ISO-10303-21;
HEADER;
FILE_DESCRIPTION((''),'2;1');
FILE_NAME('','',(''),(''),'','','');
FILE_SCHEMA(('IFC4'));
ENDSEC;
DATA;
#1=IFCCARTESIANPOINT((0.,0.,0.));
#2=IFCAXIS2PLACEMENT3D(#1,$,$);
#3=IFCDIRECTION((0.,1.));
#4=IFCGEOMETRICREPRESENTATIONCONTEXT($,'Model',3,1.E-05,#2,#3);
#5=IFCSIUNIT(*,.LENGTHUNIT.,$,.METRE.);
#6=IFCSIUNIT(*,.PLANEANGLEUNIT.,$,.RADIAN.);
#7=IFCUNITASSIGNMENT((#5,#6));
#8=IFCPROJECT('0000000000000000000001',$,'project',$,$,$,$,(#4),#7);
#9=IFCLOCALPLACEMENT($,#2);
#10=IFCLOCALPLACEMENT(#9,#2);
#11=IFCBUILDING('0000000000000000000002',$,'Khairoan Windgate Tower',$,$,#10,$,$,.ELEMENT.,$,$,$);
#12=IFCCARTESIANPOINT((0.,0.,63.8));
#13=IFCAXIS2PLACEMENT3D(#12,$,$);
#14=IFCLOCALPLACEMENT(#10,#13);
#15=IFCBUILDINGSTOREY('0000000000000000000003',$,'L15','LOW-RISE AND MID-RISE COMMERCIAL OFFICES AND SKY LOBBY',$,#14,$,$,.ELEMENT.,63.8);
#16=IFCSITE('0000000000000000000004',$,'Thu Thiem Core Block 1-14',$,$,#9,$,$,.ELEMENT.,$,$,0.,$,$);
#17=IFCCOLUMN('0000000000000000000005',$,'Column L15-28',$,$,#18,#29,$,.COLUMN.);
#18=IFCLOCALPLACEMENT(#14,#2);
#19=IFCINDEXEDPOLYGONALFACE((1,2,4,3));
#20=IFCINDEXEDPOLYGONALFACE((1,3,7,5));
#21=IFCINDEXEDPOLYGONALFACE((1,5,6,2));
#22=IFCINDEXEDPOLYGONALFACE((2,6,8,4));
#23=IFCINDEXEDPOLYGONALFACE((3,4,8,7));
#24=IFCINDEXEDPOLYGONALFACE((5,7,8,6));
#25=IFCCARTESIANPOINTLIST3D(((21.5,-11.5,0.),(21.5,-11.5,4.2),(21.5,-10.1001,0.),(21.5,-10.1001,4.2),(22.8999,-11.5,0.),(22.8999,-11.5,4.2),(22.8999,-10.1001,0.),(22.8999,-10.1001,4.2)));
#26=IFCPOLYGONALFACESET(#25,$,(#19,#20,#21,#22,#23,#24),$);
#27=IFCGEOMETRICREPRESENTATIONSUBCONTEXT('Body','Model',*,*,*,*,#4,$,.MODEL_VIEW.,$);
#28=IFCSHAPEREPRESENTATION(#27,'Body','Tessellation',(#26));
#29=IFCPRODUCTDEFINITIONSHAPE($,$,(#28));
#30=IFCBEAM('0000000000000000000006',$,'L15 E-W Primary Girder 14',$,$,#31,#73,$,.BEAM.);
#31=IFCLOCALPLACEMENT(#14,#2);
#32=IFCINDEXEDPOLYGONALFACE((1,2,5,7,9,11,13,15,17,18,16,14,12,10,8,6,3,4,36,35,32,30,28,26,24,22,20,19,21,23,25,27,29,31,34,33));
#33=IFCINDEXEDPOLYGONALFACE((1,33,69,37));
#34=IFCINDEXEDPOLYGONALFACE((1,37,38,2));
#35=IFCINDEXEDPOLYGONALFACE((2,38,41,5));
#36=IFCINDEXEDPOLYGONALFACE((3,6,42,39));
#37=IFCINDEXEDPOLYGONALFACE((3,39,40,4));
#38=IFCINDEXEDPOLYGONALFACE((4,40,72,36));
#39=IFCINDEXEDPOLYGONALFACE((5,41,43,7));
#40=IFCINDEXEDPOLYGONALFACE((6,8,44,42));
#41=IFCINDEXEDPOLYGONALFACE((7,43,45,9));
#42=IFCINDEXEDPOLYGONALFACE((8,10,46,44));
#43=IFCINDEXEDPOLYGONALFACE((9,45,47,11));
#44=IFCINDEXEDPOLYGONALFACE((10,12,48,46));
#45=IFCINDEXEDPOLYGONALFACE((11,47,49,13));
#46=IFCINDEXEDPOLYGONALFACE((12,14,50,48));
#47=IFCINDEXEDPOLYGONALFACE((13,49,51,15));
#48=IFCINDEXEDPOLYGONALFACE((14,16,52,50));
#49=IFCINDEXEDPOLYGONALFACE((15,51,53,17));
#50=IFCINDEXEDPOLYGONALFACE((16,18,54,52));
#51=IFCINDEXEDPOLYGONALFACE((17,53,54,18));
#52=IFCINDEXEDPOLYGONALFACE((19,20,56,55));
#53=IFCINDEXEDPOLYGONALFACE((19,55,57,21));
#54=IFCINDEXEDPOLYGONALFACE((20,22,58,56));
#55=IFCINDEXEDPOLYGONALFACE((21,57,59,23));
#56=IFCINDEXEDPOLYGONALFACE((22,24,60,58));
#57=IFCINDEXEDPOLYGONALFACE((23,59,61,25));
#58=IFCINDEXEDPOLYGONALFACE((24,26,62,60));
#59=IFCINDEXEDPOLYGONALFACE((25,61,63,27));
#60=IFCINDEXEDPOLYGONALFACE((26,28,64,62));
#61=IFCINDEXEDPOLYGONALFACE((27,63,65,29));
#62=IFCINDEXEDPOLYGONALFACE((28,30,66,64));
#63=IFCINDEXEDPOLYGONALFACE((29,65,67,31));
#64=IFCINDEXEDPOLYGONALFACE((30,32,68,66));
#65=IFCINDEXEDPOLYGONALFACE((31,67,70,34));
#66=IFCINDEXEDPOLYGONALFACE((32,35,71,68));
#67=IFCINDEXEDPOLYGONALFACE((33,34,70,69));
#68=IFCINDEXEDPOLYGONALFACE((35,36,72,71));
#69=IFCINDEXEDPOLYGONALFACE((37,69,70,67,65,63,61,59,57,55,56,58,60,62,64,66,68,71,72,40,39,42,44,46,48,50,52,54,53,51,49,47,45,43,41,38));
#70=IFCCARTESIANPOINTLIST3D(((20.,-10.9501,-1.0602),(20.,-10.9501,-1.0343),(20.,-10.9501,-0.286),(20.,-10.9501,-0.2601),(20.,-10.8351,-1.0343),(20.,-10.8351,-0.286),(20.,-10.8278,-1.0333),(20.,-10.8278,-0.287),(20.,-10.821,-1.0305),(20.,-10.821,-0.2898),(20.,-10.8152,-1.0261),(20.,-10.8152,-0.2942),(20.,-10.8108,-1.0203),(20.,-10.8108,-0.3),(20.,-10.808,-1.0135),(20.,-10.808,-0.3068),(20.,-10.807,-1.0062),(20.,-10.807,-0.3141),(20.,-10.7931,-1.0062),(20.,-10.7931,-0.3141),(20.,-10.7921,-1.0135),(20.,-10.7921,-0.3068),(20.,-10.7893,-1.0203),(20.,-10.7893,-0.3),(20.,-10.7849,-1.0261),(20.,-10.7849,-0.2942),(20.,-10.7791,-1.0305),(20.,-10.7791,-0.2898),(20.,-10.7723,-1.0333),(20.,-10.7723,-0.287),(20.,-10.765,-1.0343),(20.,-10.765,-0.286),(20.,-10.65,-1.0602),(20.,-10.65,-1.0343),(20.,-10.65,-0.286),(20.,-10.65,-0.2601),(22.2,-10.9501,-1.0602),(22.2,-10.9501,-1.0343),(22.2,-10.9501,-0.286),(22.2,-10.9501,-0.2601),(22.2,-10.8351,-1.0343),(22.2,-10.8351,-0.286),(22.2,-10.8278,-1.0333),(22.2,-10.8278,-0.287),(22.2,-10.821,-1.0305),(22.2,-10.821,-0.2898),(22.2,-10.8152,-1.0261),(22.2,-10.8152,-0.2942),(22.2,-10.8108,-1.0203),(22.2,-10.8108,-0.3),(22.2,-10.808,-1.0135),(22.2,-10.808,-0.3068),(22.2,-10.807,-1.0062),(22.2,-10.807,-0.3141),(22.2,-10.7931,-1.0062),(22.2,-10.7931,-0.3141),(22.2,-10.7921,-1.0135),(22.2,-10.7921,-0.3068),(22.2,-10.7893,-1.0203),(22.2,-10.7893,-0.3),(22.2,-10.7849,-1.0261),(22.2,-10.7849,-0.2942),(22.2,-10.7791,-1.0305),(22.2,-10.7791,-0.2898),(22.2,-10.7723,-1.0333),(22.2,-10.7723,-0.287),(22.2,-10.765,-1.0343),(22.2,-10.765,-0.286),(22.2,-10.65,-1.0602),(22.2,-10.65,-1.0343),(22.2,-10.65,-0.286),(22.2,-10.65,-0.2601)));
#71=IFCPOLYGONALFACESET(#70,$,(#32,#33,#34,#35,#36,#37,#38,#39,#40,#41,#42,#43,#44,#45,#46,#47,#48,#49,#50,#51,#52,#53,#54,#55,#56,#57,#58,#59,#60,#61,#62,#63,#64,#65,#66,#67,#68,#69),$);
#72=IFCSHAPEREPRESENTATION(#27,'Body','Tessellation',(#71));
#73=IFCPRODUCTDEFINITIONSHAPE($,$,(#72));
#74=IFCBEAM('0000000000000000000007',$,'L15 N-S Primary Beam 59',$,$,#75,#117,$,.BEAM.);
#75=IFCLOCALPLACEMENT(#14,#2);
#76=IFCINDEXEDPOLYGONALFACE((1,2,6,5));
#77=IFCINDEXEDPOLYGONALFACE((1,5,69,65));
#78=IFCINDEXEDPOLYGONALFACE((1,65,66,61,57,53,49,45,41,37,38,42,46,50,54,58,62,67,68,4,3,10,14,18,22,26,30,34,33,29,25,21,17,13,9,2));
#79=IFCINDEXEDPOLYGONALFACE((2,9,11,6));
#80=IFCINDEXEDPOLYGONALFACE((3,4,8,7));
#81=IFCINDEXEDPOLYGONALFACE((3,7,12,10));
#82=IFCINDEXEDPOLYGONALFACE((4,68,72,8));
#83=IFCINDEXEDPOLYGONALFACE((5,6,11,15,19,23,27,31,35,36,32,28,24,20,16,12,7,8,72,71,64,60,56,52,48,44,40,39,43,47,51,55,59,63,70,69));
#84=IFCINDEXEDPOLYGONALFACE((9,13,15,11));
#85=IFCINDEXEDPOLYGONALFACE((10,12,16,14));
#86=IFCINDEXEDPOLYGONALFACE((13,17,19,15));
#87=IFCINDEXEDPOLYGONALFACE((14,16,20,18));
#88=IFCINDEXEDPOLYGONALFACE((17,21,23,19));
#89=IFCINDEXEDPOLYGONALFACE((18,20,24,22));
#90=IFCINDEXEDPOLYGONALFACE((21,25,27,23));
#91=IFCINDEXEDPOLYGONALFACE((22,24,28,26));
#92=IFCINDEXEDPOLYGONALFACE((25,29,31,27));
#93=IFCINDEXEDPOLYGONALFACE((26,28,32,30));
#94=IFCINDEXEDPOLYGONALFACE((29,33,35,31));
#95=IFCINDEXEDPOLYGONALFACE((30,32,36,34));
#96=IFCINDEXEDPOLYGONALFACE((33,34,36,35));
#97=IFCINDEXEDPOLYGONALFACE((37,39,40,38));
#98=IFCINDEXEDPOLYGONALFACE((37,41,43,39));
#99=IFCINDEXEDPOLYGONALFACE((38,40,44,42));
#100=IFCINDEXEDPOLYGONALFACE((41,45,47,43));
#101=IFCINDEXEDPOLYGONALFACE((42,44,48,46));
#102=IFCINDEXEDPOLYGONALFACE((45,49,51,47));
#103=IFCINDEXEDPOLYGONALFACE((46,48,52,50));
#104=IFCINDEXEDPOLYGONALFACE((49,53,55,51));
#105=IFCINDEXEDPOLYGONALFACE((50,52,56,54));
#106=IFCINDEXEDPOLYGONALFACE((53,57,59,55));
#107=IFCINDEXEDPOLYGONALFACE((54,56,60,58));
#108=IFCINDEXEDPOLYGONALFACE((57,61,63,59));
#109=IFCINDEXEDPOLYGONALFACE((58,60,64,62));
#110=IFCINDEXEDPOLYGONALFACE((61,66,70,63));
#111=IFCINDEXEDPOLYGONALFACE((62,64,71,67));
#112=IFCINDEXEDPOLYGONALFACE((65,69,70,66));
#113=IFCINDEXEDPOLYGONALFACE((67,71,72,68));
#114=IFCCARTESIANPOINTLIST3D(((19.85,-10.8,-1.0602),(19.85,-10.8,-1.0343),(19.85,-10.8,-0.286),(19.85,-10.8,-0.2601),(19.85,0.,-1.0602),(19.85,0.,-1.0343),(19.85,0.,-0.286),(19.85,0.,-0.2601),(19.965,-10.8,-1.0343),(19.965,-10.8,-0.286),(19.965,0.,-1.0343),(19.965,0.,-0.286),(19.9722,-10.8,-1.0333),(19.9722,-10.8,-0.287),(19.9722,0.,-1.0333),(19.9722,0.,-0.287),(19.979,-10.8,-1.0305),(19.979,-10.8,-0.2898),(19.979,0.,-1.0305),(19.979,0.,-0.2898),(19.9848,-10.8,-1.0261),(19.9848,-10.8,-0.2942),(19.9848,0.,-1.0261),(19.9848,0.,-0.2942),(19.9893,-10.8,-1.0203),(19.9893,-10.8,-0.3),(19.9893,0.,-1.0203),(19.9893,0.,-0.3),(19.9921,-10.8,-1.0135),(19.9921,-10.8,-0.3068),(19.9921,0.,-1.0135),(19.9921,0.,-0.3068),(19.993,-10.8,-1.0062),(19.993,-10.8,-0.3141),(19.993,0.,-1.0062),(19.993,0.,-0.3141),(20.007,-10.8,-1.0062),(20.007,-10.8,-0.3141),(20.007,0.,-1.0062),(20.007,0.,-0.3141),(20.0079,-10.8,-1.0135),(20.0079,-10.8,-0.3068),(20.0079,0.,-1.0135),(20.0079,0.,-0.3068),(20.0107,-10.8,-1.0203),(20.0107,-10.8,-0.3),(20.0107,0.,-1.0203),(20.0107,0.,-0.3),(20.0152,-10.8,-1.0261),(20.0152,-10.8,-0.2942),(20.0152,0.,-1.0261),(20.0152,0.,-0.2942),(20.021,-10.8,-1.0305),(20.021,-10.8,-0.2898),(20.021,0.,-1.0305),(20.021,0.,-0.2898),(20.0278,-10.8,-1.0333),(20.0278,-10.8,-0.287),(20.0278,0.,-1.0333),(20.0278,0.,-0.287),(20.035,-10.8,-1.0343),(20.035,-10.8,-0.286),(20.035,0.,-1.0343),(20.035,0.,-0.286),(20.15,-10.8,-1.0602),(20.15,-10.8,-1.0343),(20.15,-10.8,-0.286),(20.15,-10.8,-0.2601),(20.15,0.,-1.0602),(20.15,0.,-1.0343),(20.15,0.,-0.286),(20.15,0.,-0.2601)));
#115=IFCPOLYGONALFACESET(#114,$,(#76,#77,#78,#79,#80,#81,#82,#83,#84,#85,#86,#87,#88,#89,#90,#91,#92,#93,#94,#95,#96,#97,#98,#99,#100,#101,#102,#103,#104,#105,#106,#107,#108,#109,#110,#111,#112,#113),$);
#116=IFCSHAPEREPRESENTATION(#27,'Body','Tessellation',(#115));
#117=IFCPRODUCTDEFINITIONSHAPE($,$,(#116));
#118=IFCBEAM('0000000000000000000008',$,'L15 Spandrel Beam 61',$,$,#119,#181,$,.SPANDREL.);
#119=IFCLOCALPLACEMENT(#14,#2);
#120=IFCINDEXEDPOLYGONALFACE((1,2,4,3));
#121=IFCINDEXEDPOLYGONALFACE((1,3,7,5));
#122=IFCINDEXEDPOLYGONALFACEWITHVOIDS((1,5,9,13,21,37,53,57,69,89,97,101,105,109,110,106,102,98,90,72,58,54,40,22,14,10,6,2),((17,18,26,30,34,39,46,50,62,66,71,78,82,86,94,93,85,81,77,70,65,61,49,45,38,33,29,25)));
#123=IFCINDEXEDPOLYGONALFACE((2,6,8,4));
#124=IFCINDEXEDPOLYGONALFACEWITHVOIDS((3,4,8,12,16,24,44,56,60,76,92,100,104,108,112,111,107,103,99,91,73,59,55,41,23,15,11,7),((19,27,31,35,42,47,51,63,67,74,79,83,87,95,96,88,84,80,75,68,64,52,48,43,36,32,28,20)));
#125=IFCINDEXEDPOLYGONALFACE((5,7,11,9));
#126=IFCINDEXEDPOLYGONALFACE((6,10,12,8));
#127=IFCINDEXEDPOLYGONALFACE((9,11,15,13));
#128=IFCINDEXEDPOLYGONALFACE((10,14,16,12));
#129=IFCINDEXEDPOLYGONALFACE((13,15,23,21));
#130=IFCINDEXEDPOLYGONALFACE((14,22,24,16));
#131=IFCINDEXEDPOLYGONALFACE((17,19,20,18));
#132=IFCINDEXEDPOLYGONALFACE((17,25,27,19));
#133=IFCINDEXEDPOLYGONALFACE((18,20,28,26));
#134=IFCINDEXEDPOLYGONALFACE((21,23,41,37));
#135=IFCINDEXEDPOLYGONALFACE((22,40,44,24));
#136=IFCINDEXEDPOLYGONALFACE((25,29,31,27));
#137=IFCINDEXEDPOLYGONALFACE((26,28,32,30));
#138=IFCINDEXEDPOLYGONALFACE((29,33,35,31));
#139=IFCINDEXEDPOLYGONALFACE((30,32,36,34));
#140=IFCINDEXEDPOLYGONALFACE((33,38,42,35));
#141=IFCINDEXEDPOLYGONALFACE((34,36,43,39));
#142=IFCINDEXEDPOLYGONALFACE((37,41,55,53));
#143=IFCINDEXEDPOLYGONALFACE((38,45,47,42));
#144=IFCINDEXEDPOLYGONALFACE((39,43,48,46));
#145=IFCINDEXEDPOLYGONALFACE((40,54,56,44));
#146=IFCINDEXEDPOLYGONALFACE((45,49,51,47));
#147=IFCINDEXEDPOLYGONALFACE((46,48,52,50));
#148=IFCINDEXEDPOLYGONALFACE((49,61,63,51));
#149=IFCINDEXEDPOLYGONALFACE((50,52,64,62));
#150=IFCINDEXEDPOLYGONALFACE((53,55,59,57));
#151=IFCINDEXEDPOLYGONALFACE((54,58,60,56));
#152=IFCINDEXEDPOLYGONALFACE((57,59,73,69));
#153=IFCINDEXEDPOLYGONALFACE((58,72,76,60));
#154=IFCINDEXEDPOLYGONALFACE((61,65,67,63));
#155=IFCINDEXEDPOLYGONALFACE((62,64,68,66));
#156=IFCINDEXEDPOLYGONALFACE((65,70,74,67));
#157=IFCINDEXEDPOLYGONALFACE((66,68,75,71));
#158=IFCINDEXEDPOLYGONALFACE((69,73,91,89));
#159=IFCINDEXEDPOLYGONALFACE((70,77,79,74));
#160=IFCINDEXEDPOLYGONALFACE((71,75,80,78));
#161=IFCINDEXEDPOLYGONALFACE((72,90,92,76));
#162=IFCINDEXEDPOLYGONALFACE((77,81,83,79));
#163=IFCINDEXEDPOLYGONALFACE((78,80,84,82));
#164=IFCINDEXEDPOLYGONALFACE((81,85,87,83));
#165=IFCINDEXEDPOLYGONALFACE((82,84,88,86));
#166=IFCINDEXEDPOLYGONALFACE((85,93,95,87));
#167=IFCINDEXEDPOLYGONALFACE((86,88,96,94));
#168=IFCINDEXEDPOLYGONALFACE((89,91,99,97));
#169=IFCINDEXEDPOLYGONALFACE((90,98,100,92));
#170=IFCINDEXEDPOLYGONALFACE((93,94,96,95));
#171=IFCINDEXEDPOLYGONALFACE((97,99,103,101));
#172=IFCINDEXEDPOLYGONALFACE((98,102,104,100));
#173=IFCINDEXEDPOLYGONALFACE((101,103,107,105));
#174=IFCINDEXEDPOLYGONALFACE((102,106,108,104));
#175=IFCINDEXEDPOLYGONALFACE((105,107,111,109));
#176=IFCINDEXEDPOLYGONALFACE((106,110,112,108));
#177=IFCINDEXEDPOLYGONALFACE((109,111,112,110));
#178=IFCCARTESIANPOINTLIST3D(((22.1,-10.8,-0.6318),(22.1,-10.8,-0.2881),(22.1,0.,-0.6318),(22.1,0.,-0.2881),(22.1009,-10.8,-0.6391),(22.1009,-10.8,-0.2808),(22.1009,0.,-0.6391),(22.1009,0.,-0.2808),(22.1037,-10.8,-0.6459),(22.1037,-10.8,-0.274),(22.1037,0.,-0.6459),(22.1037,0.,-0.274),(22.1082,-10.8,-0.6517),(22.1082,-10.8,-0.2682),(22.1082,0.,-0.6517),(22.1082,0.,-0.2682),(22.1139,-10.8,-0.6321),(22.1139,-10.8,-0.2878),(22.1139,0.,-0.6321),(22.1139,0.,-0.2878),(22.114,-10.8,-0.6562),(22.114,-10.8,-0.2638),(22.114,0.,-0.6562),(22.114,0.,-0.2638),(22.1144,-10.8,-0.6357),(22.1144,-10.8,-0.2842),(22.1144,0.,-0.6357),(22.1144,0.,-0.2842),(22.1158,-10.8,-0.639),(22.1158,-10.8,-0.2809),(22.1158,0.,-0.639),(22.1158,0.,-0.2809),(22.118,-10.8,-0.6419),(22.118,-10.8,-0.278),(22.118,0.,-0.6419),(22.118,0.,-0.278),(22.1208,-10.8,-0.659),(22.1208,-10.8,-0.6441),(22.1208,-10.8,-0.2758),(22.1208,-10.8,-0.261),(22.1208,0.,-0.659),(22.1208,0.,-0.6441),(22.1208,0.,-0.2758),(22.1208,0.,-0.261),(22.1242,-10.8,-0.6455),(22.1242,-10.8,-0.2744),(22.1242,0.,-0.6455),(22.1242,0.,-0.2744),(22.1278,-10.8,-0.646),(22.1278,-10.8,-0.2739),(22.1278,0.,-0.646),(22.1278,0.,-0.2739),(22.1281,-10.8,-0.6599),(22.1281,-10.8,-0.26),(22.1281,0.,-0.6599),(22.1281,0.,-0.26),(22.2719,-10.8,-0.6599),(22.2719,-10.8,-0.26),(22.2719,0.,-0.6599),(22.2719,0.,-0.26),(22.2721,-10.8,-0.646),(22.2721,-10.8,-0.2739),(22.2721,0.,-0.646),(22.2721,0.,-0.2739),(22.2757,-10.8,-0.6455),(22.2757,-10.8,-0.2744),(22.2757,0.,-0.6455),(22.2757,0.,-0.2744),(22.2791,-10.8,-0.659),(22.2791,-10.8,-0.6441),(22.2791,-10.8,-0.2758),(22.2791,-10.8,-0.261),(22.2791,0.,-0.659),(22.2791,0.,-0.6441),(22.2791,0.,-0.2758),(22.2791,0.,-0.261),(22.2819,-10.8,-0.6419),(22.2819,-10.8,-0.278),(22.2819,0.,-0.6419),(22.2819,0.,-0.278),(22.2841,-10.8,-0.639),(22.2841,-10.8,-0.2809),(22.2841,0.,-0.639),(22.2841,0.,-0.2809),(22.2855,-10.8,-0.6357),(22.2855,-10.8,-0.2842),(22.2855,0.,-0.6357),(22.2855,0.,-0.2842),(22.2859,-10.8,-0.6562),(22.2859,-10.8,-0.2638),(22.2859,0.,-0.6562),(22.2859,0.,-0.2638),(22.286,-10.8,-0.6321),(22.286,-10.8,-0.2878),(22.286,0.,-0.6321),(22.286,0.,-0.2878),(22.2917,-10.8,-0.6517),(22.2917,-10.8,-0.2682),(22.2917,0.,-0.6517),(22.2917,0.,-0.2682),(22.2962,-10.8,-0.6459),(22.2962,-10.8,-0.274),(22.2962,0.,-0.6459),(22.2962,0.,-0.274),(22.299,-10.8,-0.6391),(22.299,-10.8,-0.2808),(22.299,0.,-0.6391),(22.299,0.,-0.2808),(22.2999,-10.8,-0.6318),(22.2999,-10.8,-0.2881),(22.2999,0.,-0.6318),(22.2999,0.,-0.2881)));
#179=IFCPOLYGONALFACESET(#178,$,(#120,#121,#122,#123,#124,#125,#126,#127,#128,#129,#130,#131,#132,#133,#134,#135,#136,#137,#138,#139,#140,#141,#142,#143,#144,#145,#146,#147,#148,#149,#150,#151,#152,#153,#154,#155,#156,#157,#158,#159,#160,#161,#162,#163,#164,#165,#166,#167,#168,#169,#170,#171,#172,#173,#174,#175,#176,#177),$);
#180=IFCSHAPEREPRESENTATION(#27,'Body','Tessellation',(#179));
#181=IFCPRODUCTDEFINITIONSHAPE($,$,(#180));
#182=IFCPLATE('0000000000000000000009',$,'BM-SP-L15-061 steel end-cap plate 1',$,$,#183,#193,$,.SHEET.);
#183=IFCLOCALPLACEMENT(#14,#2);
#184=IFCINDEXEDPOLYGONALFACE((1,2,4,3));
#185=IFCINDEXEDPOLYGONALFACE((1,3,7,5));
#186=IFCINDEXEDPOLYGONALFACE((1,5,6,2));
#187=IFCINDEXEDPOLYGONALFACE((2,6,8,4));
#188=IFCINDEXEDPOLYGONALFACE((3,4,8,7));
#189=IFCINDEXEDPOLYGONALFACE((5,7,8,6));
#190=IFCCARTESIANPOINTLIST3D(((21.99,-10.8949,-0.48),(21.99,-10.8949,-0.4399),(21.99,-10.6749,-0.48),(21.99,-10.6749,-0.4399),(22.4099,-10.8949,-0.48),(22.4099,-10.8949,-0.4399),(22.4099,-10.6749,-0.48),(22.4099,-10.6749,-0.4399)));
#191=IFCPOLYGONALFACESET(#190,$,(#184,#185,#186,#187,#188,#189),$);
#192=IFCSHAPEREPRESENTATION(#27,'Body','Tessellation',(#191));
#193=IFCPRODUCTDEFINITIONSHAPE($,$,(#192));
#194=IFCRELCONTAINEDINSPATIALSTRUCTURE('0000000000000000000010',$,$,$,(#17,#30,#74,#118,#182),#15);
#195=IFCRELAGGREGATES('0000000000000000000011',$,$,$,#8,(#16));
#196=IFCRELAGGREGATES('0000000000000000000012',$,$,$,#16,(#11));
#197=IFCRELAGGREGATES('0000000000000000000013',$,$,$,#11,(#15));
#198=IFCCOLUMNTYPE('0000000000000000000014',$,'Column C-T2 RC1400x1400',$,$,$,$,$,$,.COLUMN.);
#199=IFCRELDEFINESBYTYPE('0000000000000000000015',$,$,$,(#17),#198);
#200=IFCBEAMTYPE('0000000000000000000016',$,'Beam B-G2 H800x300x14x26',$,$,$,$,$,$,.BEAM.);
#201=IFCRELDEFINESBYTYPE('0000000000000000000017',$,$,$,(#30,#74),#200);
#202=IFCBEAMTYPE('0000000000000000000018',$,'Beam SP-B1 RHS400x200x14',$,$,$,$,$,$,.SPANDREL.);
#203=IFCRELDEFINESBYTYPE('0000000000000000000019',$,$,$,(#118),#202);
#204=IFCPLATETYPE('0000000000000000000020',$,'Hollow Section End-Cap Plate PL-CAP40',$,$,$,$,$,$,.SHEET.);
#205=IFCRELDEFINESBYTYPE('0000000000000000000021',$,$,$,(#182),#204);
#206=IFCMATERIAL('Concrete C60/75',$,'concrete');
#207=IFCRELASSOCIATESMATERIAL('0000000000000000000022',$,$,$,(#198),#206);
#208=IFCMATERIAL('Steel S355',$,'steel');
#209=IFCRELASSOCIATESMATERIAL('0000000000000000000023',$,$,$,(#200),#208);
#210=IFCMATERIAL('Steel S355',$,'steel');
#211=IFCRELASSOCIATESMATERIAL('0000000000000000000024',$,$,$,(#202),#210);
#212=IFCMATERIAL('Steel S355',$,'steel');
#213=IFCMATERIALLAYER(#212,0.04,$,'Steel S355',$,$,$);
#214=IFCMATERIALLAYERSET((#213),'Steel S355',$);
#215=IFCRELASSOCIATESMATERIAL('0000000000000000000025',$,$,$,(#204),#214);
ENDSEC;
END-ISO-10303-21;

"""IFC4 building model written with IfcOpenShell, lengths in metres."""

from ifc_helpers import new_model, si_unit, direction, frame, origin, origin_2d, place, context, subcontext, project, spatial, rectangle, hollow_rectangle, i_section, extrude, material, layer, layer_set, material_profile, profile_set, type_object, element, save


model = new_model("IFC4")

# Units and contexts
model_context = context("Model", 3, precision=1e-05, world=origin(), true_north=direction((0.0, 1.0)))
body_context = subcontext(model_context, "Body", "Model", "MODEL_VIEW")
ifc_project = project(units=[si_unit("LENGTHUNIT", "METRE"), si_unit("PLANEANGLEUNIT", "RADIAN")], contexts=[model_context])

# Site, building, storey
site_placement = place(None, origin())
site = spatial("IfcSite", under=ifc_project, at=site_placement, Name="Thu Thiem Core Block 1-14", CompositionType="ELEMENT", RefElevation=0.0)
building_placement = place(site_placement, origin())
building = spatial("IfcBuilding", under=site, at=building_placement, Name="Khairoan Windgate Tower", CompositionType="ELEMENT")
storey_placement = place(building_placement, frame((0.0, 0.0, 63.8)))
storey = spatial("IfcBuildingStorey", under=building, at=storey_placement, Name="L15", Description="LOW-RISE AND MID-RISE COMMERCIAL OFFICES AND SKY LOBBY", CompositionType="ELEMENT", Elevation=63.8)

# Column
ifc_material_1 = material(Name="Concrete C60/75", Category="concrete")
ifc_material_profile_1 = material_profile(ifc_material_1, rectangle(XDim=1.3999, YDim=1.3999, at=origin_2d()))
ifc_profile_set_1 = profile_set([ifc_material_profile_1], Name="Concrete C60/75")
column_type = type_object("IfcColumnType", Name="Column C-T2 RC1400x1400", PredefinedType="COLUMN", material=ifc_profile_set_1)
column_placement = place(storey_placement, frame((22.2, -10.8, 0.0), z_axis=(0.0, 0.0, 1.0), x_axis=(1.0, 0.0, 0.0)))
element("IfcColumn", 1, at=column_placement, inside=storey, type_object=column_type, Name="Column L15-28", PredefinedType="COLUMN", context=body_context, shape_type="SweptSolid", body=[
    extrude(rectangle(XDim=1.3999, YDim=1.3999, at=origin_2d()), origin(), (0.0, 0.0, 1.0), 4.2),
])

# Beams
ifc_material_2 = material(Name="Steel S355", Category="steel")
ifc_material_profile_2 = material_profile(ifc_material_2, i_section(OverallWidth=0.3, OverallDepth=0.8, WebThickness=0.0139, FlangeThickness=0.0259, FilletRadius=0.0281, at=origin_2d()))
ifc_profile_set_2 = profile_set([ifc_material_profile_2], Name="Steel S355")
beam_type_1 = type_object("IfcBeamType", Name="Beam B-G2 H800x300x14x26", PredefinedType="BEAM", material=ifc_profile_set_2)
beam_1_placement = place(storey_placement, frame((20.0, -10.8, -0.6602), z_axis=(1.0, 0.0, 0.0), x_axis=(0.0, 1.0, 0.0)))
element("IfcBeam", 2, at=beam_1_placement, inside=storey, type_object=beam_type_1, Name="L15 E-W Primary Girder 14", PredefinedType="BEAM", context=body_context, shape_type="SweptSolid", body=[
    extrude(i_section(OverallWidth=0.3, OverallDepth=0.8, WebThickness=0.0139, FlangeThickness=0.0259, FilletRadius=0.0281, at=origin_2d()), origin(), (0.0, 0.0, 1.0), 2.2),
])
beam_2_placement = place(storey_placement, frame((20.0, -10.8, -0.6602), z_axis=(0.0, 1.0, 0.0), x_axis=(-1.0, 0.0, 0.0)))
element("IfcBeam", 3, at=beam_2_placement, inside=storey, type_object=beam_type_1, Name="L15 N-S Primary Beam 59", PredefinedType="BEAM", context=body_context, shape_type="SweptSolid", body=[
    extrude(i_section(OverallWidth=0.3, OverallDepth=0.8, WebThickness=0.0139, FlangeThickness=0.0259, FilletRadius=0.0281, at=origin_2d()), origin(), (0.0, 0.0, 1.0), 10.8),
])
ifc_material_3 = material(Name="Steel S355", Category="steel")
ifc_material_profile_3 = material_profile(ifc_material_3, hollow_rectangle(XDim=0.2, YDim=0.3999, WallThickness=0.0139, InnerFilletRadius=0.0139, OuterFilletRadius=0.0281, at=origin_2d()))
ifc_profile_set_3 = profile_set([ifc_material_profile_3], Name="Steel S355")
beam_type_2 = type_object("IfcBeamType", Name="Beam SP-B1 RHS400x200x14", PredefinedType="SPANDREL", material=ifc_profile_set_3)
beam_3_placement = place(storey_placement, frame((22.2, -10.8, -0.46), z_axis=(0.0, 1.0, 0.0), x_axis=(-1.0, 0.0, 0.0)))
element("IfcBeam", 4, at=beam_3_placement, inside=storey, type_object=beam_type_2, Name="L15 Spandrel Beam 61", PredefinedType="SPANDREL", context=body_context, shape_type="SweptSolid", body=[
    extrude(hollow_rectangle(XDim=0.2, YDim=0.3999, WallThickness=0.0139, InnerFilletRadius=0.0139, OuterFilletRadius=0.0281, at=origin_2d()), origin(), (0.0, 0.0, 1.0), 10.8),
])

# Plate
ifc_material_4 = material(Name="Steel S355", Category="steel")
ifc_layer_1 = layer(ifc_material_4, 0.04, Name="Steel S355")
ifc_layer_set_1 = layer_set([ifc_layer_1], Name="Steel S355")
plate_type = type_object("IfcPlateType", Name="Hollow Section End-Cap Plate PL-CAP40", PredefinedType="SHEET", material=ifc_layer_set_1)
for number, where, z_axis, x_axis, name in (
    (5, (22.2, -10.7849, -0.48), (0.0, 0.0, 1.0), (0.0, 1.0, 0.0), "BM-SP-L15-061 steel end-cap plate 1"),
):
    element("IfcPlate", number, at=place(storey_placement, frame(where, z_axis=z_axis, x_axis=x_axis)), inside=storey, type_object=plate_type, Name=name, PredefinedType="SHEET", context=body_context, shape_type="SweptSolid", body=[
        extrude(rectangle(XDim=0.22, YDim=0.4199, at=origin_2d()), origin(), (0.0, 0.0, 1.0), 0.04),
    ])

save(model, "model.ifc")
